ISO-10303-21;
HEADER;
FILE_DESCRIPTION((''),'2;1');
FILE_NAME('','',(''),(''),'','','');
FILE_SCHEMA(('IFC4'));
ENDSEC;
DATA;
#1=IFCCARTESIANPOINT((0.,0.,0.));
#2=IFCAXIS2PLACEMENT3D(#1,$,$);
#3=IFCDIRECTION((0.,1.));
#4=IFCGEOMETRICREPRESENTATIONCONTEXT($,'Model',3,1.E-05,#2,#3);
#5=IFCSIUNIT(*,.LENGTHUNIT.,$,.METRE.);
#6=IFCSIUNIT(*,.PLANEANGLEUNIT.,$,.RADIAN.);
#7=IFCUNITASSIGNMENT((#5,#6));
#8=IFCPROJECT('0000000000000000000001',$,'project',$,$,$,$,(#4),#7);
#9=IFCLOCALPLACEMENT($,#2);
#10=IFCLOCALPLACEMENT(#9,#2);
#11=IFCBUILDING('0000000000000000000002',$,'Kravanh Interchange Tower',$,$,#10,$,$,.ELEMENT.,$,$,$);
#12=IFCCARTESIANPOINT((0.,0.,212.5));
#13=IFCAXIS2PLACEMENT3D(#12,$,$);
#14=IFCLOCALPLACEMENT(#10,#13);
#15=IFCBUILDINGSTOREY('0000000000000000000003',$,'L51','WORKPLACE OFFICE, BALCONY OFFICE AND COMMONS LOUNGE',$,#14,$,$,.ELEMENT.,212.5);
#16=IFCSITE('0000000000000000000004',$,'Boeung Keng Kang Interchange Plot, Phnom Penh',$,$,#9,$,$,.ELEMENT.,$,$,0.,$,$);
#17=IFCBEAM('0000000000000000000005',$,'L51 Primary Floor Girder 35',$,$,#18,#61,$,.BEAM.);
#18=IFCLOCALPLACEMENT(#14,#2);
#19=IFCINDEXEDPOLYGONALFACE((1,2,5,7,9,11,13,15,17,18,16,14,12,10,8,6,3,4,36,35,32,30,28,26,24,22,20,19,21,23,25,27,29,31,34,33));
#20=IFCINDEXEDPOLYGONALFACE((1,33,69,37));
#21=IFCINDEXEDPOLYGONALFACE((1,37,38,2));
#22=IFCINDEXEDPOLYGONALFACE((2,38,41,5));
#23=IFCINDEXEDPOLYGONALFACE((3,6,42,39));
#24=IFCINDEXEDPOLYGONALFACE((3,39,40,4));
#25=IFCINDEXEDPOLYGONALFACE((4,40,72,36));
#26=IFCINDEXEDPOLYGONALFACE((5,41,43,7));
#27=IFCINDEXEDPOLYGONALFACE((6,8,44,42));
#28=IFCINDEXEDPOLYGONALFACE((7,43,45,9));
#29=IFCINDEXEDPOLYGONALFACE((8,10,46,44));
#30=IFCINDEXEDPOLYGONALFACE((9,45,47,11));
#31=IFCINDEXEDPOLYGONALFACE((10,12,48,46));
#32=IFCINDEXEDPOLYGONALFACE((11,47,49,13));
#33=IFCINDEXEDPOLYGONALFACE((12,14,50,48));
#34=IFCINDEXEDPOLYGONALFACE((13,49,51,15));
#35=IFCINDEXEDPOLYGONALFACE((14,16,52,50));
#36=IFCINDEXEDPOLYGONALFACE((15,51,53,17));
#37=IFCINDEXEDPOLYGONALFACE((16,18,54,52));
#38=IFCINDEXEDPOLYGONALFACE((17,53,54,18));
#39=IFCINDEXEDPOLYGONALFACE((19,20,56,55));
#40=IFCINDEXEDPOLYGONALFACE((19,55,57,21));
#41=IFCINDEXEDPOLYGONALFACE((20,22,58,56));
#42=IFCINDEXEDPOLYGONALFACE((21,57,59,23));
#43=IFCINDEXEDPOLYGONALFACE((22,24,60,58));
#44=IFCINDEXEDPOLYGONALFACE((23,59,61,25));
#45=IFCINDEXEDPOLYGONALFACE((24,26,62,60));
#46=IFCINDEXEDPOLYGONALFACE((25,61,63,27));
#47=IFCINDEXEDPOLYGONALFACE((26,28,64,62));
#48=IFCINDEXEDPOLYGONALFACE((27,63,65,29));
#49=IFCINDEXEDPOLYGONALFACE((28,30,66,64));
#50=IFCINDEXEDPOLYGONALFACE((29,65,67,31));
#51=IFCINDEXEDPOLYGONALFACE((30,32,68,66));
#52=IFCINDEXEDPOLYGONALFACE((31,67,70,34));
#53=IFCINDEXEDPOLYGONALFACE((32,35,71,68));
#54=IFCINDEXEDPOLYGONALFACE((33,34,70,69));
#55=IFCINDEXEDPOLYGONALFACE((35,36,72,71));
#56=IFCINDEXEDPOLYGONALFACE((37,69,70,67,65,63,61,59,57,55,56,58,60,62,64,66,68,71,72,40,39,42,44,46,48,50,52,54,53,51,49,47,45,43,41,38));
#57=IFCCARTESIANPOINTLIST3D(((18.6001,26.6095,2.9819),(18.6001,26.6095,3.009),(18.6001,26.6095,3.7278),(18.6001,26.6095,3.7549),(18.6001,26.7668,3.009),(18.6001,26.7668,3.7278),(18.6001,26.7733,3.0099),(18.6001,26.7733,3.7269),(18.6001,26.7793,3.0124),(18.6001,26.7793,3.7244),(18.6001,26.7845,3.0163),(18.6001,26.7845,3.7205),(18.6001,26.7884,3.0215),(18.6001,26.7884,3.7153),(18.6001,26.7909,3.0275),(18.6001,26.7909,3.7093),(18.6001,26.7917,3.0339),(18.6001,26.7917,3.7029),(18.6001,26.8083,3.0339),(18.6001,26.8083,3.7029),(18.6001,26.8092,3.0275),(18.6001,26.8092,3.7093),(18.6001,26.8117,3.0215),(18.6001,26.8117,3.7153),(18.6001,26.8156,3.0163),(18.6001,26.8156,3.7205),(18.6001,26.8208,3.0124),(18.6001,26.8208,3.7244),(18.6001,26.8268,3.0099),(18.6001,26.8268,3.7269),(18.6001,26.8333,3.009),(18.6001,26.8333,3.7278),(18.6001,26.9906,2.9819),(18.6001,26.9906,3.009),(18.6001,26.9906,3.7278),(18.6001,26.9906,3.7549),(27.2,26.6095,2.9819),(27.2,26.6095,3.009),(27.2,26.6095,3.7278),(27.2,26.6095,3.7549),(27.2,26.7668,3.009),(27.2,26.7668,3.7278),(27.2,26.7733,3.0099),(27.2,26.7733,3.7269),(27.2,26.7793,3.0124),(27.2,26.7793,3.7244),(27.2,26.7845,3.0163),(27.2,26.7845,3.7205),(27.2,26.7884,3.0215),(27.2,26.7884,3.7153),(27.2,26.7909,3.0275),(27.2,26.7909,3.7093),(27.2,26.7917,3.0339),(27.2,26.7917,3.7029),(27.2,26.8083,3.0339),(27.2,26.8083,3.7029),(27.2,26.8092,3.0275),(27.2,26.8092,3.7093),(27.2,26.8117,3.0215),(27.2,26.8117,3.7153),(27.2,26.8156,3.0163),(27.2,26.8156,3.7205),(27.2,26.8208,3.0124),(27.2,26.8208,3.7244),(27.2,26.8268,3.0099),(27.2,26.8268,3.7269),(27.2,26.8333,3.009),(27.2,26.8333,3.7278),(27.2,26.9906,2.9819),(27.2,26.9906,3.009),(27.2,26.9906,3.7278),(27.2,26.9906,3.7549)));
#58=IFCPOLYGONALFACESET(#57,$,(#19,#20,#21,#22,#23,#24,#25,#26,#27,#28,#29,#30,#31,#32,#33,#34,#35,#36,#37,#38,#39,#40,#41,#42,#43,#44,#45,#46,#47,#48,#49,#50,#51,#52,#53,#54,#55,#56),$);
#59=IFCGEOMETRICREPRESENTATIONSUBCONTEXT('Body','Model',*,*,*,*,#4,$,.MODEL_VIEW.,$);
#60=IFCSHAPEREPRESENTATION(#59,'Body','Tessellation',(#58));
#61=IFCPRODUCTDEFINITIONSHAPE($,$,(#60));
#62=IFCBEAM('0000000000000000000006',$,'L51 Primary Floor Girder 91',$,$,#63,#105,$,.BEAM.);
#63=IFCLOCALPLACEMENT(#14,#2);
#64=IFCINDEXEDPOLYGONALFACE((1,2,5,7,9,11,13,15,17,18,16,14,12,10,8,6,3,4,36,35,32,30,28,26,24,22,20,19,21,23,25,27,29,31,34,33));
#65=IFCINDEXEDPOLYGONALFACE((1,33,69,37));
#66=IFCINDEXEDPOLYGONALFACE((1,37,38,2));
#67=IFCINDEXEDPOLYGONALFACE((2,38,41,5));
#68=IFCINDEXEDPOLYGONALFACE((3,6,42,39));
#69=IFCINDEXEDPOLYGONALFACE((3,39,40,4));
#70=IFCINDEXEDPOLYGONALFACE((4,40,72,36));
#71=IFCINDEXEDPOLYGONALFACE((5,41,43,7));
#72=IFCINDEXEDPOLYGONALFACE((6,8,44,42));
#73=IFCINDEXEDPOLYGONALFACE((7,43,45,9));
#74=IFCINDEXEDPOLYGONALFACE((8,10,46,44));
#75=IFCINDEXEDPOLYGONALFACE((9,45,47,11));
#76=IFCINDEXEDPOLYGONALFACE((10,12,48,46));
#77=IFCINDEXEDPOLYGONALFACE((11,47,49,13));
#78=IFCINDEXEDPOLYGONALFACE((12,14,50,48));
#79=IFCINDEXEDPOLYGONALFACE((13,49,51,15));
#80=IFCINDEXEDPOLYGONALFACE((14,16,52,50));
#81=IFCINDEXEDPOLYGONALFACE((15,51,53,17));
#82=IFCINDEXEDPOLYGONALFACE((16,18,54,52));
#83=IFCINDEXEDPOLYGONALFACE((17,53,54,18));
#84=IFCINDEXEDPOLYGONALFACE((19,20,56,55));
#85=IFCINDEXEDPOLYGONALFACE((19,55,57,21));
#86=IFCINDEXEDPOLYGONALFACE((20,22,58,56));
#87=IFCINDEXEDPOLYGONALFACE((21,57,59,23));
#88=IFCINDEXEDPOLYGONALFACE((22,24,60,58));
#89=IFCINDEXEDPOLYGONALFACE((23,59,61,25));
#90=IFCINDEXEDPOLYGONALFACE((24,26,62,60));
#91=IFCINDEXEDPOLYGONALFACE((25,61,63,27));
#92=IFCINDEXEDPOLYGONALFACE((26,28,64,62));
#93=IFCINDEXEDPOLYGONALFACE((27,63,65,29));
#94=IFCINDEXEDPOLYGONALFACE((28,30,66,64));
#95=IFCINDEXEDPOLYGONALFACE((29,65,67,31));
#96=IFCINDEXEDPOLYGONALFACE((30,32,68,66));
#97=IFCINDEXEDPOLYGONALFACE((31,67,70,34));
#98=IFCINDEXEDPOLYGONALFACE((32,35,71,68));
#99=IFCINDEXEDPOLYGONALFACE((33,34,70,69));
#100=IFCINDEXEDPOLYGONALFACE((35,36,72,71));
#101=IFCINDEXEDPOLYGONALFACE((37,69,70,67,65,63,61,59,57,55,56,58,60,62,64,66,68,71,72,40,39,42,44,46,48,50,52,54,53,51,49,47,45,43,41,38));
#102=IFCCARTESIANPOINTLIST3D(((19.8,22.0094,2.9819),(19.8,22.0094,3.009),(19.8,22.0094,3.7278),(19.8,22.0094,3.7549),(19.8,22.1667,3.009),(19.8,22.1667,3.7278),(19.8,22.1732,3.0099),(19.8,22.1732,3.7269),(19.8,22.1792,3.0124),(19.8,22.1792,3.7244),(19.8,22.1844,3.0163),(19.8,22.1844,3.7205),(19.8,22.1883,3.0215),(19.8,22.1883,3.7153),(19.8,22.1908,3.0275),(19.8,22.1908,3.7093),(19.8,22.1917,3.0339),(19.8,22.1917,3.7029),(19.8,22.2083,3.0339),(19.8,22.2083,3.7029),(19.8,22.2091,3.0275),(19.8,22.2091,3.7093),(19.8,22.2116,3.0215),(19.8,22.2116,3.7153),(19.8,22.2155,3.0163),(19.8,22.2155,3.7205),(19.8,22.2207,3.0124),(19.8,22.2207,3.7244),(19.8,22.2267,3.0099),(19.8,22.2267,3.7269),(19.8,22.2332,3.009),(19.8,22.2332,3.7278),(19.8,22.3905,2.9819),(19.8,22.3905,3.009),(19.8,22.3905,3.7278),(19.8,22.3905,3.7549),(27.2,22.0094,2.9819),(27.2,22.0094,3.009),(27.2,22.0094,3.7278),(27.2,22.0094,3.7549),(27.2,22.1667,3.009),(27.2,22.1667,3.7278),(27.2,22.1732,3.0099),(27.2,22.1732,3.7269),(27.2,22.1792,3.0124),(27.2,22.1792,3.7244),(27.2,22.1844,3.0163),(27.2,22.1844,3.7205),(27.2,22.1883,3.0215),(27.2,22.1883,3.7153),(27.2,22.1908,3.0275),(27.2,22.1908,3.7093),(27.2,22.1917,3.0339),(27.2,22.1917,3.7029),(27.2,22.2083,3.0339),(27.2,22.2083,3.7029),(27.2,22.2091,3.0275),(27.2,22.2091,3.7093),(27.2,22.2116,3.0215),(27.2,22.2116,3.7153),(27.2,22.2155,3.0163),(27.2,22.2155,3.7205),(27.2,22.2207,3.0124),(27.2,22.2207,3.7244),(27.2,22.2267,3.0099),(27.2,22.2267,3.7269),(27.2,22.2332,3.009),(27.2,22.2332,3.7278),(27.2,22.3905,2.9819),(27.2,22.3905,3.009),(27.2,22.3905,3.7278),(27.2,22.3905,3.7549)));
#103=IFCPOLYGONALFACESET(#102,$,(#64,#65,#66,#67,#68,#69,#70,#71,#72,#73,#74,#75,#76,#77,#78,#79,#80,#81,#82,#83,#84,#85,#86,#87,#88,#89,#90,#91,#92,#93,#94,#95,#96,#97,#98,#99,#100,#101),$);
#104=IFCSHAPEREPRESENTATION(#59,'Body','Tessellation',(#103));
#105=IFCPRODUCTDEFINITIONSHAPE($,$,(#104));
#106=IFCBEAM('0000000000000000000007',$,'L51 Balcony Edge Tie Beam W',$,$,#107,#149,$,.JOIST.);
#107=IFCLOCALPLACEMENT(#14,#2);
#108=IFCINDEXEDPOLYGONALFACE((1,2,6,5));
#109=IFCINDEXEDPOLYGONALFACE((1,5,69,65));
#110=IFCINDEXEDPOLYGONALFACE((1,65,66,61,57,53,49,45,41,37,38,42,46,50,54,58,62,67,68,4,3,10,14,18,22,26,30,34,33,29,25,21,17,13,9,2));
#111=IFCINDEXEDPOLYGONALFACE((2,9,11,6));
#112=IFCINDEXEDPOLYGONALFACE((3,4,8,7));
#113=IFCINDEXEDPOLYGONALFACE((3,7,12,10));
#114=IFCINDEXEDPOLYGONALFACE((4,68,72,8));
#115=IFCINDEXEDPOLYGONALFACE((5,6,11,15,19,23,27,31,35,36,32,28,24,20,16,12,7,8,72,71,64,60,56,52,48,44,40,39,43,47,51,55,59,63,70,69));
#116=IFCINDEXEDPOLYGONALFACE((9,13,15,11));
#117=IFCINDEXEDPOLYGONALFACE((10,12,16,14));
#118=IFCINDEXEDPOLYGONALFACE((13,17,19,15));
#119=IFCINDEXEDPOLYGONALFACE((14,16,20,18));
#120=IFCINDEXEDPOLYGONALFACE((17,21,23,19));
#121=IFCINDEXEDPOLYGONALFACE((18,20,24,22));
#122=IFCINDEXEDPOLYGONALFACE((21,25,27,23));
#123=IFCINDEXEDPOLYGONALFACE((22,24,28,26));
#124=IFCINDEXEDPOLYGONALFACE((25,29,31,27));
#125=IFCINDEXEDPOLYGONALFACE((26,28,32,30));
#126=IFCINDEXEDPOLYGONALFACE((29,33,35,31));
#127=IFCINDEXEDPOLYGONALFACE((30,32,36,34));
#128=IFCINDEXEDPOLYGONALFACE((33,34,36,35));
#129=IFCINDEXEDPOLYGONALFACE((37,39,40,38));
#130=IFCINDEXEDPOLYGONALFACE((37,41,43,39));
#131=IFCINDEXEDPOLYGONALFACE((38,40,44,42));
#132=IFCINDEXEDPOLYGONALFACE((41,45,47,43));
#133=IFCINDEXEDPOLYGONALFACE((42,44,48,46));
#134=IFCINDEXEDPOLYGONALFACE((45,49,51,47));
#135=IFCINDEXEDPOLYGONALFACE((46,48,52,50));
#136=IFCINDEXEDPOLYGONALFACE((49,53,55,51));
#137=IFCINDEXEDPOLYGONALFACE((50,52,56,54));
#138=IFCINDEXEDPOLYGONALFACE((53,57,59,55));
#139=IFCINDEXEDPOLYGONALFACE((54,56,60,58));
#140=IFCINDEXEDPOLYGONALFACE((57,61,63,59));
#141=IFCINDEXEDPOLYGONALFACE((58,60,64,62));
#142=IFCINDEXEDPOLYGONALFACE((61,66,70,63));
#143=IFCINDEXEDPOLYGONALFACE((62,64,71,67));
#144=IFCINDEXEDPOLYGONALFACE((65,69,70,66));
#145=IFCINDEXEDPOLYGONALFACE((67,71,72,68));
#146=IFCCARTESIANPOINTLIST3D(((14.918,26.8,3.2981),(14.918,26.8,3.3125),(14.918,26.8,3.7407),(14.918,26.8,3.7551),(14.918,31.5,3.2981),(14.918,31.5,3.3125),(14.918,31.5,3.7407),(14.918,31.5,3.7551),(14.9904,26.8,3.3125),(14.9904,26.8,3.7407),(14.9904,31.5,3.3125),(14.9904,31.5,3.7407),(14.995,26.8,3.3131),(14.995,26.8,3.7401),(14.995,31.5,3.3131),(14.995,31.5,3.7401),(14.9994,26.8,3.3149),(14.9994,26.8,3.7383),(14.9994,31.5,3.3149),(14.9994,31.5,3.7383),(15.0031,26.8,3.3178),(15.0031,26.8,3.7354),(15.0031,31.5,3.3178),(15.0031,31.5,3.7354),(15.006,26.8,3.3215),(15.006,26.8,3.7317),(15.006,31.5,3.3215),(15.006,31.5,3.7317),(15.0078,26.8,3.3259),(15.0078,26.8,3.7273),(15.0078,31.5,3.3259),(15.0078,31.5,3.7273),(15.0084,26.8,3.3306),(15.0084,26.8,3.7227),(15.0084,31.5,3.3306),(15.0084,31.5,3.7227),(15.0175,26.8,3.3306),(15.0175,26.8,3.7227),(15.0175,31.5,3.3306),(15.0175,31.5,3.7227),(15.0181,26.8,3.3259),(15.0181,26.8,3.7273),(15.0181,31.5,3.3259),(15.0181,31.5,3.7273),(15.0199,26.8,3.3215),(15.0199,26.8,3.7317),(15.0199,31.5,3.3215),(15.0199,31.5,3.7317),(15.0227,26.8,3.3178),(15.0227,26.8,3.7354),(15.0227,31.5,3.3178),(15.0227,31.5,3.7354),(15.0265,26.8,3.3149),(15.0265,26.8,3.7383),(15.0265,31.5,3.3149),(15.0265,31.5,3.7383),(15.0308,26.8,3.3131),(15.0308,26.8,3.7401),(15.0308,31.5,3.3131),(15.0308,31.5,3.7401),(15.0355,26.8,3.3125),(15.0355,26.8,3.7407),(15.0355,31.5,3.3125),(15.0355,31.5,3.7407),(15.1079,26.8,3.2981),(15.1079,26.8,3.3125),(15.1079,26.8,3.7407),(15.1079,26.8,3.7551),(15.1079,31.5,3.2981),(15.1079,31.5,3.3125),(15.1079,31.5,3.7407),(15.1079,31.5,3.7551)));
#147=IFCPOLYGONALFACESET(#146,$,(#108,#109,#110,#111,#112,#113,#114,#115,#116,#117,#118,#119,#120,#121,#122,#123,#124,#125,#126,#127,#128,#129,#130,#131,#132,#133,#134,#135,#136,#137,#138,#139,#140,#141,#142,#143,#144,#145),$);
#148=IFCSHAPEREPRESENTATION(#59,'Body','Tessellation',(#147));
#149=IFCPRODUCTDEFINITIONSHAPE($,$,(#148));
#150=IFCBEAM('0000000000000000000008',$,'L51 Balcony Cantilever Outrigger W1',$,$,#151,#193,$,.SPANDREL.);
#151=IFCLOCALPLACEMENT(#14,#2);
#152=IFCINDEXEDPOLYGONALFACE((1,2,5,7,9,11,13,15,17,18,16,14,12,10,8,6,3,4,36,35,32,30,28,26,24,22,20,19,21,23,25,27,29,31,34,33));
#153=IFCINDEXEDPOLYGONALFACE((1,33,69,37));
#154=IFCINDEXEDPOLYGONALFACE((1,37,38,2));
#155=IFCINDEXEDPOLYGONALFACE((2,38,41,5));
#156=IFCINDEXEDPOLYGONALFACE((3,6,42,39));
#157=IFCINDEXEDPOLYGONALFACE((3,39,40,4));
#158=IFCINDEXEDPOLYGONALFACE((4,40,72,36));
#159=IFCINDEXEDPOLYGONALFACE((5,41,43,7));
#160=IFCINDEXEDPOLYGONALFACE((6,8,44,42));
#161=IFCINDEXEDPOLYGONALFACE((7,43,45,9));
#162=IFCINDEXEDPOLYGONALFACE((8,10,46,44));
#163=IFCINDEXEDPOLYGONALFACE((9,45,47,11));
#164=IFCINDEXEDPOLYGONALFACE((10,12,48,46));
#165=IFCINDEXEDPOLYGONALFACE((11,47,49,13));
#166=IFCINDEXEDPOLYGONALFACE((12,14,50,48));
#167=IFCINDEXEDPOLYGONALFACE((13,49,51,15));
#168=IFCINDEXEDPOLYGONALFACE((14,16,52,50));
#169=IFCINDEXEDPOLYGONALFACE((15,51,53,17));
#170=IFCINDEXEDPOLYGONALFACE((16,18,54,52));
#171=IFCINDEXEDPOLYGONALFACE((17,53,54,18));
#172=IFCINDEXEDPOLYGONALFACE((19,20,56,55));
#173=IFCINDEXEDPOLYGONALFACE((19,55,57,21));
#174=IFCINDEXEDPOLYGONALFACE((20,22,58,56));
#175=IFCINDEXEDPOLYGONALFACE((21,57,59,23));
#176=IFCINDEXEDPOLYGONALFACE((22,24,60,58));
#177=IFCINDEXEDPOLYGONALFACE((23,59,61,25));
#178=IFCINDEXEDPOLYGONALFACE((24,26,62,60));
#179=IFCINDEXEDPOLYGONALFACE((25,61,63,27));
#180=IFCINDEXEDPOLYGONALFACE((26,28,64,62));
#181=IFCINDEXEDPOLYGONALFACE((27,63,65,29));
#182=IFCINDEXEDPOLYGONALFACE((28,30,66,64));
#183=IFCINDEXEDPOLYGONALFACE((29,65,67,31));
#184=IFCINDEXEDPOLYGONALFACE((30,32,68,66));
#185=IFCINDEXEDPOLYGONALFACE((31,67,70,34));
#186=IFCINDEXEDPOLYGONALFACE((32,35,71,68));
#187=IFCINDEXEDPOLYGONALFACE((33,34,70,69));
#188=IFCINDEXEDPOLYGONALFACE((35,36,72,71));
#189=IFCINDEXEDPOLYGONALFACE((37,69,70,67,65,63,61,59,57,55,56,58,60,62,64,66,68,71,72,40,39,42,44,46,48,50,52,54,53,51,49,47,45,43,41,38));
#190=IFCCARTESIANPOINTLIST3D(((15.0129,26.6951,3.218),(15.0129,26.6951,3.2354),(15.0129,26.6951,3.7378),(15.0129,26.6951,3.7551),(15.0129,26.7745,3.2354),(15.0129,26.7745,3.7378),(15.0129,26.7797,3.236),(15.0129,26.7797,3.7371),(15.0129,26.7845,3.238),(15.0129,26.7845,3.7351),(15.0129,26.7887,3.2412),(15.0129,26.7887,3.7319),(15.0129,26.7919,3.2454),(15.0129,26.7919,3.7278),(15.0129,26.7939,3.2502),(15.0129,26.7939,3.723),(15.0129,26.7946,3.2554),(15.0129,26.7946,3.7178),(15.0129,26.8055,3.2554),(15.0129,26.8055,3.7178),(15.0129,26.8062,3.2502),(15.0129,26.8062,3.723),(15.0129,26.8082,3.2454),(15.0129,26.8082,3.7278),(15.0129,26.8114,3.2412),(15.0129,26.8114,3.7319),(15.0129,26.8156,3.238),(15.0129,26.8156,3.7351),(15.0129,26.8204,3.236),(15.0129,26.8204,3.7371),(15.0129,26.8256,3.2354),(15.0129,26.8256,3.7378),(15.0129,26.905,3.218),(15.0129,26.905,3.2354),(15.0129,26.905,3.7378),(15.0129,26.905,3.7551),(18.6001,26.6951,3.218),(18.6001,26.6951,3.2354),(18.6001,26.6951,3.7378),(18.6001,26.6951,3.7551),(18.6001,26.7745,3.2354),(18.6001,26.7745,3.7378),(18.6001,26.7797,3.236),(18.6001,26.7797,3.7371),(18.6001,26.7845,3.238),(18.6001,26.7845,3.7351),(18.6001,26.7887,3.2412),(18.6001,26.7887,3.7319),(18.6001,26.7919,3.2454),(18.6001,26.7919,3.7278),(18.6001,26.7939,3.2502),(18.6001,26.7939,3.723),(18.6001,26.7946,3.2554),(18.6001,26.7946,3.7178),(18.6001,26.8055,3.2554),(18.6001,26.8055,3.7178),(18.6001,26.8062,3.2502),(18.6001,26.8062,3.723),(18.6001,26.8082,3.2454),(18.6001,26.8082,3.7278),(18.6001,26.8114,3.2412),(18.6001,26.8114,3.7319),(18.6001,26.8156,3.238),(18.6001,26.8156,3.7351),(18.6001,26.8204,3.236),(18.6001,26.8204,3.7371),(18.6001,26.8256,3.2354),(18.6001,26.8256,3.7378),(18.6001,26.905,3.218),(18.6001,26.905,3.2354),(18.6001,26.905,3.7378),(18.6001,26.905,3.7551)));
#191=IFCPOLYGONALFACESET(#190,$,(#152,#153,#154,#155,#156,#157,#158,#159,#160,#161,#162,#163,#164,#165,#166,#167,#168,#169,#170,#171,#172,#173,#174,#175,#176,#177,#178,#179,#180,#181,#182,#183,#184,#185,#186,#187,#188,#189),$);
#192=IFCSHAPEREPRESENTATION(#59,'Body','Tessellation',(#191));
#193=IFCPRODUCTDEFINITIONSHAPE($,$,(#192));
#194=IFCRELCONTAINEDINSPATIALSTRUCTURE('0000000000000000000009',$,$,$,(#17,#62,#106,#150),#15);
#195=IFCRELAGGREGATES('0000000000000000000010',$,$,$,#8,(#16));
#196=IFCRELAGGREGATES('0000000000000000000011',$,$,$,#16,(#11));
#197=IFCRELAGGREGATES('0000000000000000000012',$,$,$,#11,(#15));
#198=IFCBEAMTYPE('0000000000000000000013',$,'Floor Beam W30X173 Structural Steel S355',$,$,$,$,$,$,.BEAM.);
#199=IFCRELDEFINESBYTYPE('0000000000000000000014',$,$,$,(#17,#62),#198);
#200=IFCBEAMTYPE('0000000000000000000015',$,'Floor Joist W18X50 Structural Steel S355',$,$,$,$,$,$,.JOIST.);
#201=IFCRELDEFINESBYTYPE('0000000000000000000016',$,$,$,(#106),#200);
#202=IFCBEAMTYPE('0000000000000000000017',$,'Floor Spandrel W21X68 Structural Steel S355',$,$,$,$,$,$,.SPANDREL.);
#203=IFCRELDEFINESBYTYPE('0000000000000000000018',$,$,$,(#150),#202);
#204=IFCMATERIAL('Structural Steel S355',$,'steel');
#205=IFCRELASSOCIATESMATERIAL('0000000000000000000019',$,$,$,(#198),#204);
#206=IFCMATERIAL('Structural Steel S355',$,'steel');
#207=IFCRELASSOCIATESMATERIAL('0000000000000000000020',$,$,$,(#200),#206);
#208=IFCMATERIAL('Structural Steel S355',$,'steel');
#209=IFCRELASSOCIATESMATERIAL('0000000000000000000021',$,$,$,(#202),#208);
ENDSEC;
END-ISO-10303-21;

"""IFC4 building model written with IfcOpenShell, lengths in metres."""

from ifc_helpers import new_model, si_unit, direction, frame, origin, origin_2d, place, context, subcontext, project, spatial, i_section, extrude, material, material_profile, profile_set, type_object, element, save


model = new_model("IFC4")

# Units and contexts
model_context = context("Model", 3, precision=1e-05, world=origin(), true_north=direction((0.0, 1.0)))
body_context = subcontext(model_context, "Body", "Model", "MODEL_VIEW")
ifc_project = project(units=[si_unit("LENGTHUNIT", "METRE"), si_unit("PLANEANGLEUNIT", "RADIAN")], contexts=[model_context])

# Site, building, storey
site_placement = place(None, origin())
site = spatial("IfcSite", under=ifc_project, at=site_placement, Name="Boeung Keng Kang Interchange Plot, Phnom Penh", CompositionType="ELEMENT", RefElevation=0.0)
building_placement = place(site_placement, origin())
building = spatial("IfcBuilding", under=site, at=building_placement, Name="Kravanh Interchange Tower", CompositionType="ELEMENT")
storey_placement = place(building_placement, frame((0.0, 0.0, 212.5)))
storey = spatial("IfcBuildingStorey", under=building, at=storey_placement, Name="L51", Description="WORKPLACE OFFICE, BALCONY OFFICE AND COMMONS LOUNGE", CompositionType="ELEMENT", Elevation=212.5)

# Beams
ifc_material_1 = material(Name="Structural Steel S355", Category="steel")
ifc_material_profile_1 = material_profile(ifc_material_1, i_section(OverallWidth=0.3811, OverallDepth=0.7729, WebThickness=0.0166, FlangeThickness=0.0271, FilletRadius=0.0249, at=origin_2d()), Name="W30X173")
ifc_profile_set_1 = profile_set([ifc_material_profile_1], Name="Structural Steel S355")
beam_type_1 = type_object("IfcBeamType", Name="Floor Beam W30X173 Structural Steel S355", PredefinedType="BEAM", material=ifc_profile_set_1)
beam_1_placement = place(storey_placement, frame((18.6001, 26.8, 3.3684), z_axis=(1.0, 0.0, 0.0), x_axis=(0.0, 1.0, 0.0)))
element("IfcBeam", 1, at=beam_1_placement, inside=storey, type_object=beam_type_1, Name="L51 Primary Floor Girder 35", PredefinedType="BEAM", context=body_context, shape_type="SweptSolid", body=[
    extrude(i_section(OverallWidth=0.3811, OverallDepth=0.7729, WebThickness=0.0166, FlangeThickness=0.0271, FilletRadius=0.0249, at=origin_2d()), origin(), (0.0, 0.0, 1.0), 8.5999),
])
beam_2_placement = place(storey_placement, frame((19.8, 22.2, 3.3684), z_axis=(1.0, 0.0, 0.0), x_axis=(0.0, 1.0, 0.0)))
element("IfcBeam", 2, at=beam_2_placement, inside=storey, type_object=beam_type_1, Name="L51 Primary Floor Girder 91", PredefinedType="BEAM", context=body_context, shape_type="SweptSolid", body=[
    extrude(i_section(OverallWidth=0.3811, OverallDepth=0.7729, WebThickness=0.0166, FlangeThickness=0.0271, FilletRadius=0.0249, at=origin_2d()), origin(), (0.0, 0.0, 1.0), 7.3999),
])
ifc_material_2 = material(Name="Structural Steel S355", Category="steel")
ifc_material_profile_2 = material_profile(ifc_material_2, i_section(OverallWidth=0.1899, OverallDepth=0.457, WebThickness=0.009, FlangeThickness=0.0144, FilletRadius=0.0181, at=origin_2d()), Name="W18X50")
ifc_profile_set_2 = profile_set([ifc_material_profile_2], Name="Structural Steel S355")
beam_type_2 = type_object("IfcBeamType", Name="Floor Joist W18X50 Structural Steel S355", PredefinedType="JOIST", material=ifc_profile_set_2)
beam_3_placement = place(storey_placement, frame((15.0129, 26.8, 3.5266), z_axis=(0.0, 1.0, 0.0), x_axis=(-1.0, 0.0, 0.0)))
element("IfcBeam", 3, at=beam_3_placement, inside=storey, type_object=beam_type_2, Name="L51 Balcony Edge Tie Beam W", PredefinedType="JOIST", context=body_context, shape_type="SweptSolid", body=[
    extrude(i_section(OverallWidth=0.1899, OverallDepth=0.457, WebThickness=0.009, FlangeThickness=0.0144, FilletRadius=0.0181, at=origin_2d()), origin(), (0.0, 0.0, 1.0), 4.7),
])
ifc_material_3 = material(Name="Structural Steel S355", Category="steel")
ifc_material_profile_3 = material_profile(ifc_material_3, i_section(OverallWidth=0.21, OverallDepth=0.5371, WebThickness=0.011, FlangeThickness=0.0173, FilletRadius=0.02, at=origin_2d()), Name="W21X68")
ifc_profile_set_3 = profile_set([ifc_material_profile_3], Name="Structural Steel S355")
beam_type_3 = type_object("IfcBeamType", Name="Floor Spandrel W21X68 Structural Steel S355", PredefinedType="SPANDREL", material=ifc_profile_set_3)
beam_4_placement = place(storey_placement, frame((18.6001, 26.8, 3.4866), z_axis=(-1.0, 0.0, 0.0), x_axis=(0.0, -1.0, 0.0)))
element("IfcBeam", 4, at=beam_4_placement, inside=storey, type_object=beam_type_3, Name="L51 Balcony Cantilever Outrigger W1", PredefinedType="SPANDREL", context=body_context, shape_type="SweptSolid", body=[
    extrude(i_section(OverallWidth=0.21, OverallDepth=0.5371, WebThickness=0.011, FlangeThickness=0.0173, FilletRadius=0.02, at=origin_2d()), origin(), (0.0, 0.0, 1.0), 3.5872),
])

save(model, "model.ifc")
